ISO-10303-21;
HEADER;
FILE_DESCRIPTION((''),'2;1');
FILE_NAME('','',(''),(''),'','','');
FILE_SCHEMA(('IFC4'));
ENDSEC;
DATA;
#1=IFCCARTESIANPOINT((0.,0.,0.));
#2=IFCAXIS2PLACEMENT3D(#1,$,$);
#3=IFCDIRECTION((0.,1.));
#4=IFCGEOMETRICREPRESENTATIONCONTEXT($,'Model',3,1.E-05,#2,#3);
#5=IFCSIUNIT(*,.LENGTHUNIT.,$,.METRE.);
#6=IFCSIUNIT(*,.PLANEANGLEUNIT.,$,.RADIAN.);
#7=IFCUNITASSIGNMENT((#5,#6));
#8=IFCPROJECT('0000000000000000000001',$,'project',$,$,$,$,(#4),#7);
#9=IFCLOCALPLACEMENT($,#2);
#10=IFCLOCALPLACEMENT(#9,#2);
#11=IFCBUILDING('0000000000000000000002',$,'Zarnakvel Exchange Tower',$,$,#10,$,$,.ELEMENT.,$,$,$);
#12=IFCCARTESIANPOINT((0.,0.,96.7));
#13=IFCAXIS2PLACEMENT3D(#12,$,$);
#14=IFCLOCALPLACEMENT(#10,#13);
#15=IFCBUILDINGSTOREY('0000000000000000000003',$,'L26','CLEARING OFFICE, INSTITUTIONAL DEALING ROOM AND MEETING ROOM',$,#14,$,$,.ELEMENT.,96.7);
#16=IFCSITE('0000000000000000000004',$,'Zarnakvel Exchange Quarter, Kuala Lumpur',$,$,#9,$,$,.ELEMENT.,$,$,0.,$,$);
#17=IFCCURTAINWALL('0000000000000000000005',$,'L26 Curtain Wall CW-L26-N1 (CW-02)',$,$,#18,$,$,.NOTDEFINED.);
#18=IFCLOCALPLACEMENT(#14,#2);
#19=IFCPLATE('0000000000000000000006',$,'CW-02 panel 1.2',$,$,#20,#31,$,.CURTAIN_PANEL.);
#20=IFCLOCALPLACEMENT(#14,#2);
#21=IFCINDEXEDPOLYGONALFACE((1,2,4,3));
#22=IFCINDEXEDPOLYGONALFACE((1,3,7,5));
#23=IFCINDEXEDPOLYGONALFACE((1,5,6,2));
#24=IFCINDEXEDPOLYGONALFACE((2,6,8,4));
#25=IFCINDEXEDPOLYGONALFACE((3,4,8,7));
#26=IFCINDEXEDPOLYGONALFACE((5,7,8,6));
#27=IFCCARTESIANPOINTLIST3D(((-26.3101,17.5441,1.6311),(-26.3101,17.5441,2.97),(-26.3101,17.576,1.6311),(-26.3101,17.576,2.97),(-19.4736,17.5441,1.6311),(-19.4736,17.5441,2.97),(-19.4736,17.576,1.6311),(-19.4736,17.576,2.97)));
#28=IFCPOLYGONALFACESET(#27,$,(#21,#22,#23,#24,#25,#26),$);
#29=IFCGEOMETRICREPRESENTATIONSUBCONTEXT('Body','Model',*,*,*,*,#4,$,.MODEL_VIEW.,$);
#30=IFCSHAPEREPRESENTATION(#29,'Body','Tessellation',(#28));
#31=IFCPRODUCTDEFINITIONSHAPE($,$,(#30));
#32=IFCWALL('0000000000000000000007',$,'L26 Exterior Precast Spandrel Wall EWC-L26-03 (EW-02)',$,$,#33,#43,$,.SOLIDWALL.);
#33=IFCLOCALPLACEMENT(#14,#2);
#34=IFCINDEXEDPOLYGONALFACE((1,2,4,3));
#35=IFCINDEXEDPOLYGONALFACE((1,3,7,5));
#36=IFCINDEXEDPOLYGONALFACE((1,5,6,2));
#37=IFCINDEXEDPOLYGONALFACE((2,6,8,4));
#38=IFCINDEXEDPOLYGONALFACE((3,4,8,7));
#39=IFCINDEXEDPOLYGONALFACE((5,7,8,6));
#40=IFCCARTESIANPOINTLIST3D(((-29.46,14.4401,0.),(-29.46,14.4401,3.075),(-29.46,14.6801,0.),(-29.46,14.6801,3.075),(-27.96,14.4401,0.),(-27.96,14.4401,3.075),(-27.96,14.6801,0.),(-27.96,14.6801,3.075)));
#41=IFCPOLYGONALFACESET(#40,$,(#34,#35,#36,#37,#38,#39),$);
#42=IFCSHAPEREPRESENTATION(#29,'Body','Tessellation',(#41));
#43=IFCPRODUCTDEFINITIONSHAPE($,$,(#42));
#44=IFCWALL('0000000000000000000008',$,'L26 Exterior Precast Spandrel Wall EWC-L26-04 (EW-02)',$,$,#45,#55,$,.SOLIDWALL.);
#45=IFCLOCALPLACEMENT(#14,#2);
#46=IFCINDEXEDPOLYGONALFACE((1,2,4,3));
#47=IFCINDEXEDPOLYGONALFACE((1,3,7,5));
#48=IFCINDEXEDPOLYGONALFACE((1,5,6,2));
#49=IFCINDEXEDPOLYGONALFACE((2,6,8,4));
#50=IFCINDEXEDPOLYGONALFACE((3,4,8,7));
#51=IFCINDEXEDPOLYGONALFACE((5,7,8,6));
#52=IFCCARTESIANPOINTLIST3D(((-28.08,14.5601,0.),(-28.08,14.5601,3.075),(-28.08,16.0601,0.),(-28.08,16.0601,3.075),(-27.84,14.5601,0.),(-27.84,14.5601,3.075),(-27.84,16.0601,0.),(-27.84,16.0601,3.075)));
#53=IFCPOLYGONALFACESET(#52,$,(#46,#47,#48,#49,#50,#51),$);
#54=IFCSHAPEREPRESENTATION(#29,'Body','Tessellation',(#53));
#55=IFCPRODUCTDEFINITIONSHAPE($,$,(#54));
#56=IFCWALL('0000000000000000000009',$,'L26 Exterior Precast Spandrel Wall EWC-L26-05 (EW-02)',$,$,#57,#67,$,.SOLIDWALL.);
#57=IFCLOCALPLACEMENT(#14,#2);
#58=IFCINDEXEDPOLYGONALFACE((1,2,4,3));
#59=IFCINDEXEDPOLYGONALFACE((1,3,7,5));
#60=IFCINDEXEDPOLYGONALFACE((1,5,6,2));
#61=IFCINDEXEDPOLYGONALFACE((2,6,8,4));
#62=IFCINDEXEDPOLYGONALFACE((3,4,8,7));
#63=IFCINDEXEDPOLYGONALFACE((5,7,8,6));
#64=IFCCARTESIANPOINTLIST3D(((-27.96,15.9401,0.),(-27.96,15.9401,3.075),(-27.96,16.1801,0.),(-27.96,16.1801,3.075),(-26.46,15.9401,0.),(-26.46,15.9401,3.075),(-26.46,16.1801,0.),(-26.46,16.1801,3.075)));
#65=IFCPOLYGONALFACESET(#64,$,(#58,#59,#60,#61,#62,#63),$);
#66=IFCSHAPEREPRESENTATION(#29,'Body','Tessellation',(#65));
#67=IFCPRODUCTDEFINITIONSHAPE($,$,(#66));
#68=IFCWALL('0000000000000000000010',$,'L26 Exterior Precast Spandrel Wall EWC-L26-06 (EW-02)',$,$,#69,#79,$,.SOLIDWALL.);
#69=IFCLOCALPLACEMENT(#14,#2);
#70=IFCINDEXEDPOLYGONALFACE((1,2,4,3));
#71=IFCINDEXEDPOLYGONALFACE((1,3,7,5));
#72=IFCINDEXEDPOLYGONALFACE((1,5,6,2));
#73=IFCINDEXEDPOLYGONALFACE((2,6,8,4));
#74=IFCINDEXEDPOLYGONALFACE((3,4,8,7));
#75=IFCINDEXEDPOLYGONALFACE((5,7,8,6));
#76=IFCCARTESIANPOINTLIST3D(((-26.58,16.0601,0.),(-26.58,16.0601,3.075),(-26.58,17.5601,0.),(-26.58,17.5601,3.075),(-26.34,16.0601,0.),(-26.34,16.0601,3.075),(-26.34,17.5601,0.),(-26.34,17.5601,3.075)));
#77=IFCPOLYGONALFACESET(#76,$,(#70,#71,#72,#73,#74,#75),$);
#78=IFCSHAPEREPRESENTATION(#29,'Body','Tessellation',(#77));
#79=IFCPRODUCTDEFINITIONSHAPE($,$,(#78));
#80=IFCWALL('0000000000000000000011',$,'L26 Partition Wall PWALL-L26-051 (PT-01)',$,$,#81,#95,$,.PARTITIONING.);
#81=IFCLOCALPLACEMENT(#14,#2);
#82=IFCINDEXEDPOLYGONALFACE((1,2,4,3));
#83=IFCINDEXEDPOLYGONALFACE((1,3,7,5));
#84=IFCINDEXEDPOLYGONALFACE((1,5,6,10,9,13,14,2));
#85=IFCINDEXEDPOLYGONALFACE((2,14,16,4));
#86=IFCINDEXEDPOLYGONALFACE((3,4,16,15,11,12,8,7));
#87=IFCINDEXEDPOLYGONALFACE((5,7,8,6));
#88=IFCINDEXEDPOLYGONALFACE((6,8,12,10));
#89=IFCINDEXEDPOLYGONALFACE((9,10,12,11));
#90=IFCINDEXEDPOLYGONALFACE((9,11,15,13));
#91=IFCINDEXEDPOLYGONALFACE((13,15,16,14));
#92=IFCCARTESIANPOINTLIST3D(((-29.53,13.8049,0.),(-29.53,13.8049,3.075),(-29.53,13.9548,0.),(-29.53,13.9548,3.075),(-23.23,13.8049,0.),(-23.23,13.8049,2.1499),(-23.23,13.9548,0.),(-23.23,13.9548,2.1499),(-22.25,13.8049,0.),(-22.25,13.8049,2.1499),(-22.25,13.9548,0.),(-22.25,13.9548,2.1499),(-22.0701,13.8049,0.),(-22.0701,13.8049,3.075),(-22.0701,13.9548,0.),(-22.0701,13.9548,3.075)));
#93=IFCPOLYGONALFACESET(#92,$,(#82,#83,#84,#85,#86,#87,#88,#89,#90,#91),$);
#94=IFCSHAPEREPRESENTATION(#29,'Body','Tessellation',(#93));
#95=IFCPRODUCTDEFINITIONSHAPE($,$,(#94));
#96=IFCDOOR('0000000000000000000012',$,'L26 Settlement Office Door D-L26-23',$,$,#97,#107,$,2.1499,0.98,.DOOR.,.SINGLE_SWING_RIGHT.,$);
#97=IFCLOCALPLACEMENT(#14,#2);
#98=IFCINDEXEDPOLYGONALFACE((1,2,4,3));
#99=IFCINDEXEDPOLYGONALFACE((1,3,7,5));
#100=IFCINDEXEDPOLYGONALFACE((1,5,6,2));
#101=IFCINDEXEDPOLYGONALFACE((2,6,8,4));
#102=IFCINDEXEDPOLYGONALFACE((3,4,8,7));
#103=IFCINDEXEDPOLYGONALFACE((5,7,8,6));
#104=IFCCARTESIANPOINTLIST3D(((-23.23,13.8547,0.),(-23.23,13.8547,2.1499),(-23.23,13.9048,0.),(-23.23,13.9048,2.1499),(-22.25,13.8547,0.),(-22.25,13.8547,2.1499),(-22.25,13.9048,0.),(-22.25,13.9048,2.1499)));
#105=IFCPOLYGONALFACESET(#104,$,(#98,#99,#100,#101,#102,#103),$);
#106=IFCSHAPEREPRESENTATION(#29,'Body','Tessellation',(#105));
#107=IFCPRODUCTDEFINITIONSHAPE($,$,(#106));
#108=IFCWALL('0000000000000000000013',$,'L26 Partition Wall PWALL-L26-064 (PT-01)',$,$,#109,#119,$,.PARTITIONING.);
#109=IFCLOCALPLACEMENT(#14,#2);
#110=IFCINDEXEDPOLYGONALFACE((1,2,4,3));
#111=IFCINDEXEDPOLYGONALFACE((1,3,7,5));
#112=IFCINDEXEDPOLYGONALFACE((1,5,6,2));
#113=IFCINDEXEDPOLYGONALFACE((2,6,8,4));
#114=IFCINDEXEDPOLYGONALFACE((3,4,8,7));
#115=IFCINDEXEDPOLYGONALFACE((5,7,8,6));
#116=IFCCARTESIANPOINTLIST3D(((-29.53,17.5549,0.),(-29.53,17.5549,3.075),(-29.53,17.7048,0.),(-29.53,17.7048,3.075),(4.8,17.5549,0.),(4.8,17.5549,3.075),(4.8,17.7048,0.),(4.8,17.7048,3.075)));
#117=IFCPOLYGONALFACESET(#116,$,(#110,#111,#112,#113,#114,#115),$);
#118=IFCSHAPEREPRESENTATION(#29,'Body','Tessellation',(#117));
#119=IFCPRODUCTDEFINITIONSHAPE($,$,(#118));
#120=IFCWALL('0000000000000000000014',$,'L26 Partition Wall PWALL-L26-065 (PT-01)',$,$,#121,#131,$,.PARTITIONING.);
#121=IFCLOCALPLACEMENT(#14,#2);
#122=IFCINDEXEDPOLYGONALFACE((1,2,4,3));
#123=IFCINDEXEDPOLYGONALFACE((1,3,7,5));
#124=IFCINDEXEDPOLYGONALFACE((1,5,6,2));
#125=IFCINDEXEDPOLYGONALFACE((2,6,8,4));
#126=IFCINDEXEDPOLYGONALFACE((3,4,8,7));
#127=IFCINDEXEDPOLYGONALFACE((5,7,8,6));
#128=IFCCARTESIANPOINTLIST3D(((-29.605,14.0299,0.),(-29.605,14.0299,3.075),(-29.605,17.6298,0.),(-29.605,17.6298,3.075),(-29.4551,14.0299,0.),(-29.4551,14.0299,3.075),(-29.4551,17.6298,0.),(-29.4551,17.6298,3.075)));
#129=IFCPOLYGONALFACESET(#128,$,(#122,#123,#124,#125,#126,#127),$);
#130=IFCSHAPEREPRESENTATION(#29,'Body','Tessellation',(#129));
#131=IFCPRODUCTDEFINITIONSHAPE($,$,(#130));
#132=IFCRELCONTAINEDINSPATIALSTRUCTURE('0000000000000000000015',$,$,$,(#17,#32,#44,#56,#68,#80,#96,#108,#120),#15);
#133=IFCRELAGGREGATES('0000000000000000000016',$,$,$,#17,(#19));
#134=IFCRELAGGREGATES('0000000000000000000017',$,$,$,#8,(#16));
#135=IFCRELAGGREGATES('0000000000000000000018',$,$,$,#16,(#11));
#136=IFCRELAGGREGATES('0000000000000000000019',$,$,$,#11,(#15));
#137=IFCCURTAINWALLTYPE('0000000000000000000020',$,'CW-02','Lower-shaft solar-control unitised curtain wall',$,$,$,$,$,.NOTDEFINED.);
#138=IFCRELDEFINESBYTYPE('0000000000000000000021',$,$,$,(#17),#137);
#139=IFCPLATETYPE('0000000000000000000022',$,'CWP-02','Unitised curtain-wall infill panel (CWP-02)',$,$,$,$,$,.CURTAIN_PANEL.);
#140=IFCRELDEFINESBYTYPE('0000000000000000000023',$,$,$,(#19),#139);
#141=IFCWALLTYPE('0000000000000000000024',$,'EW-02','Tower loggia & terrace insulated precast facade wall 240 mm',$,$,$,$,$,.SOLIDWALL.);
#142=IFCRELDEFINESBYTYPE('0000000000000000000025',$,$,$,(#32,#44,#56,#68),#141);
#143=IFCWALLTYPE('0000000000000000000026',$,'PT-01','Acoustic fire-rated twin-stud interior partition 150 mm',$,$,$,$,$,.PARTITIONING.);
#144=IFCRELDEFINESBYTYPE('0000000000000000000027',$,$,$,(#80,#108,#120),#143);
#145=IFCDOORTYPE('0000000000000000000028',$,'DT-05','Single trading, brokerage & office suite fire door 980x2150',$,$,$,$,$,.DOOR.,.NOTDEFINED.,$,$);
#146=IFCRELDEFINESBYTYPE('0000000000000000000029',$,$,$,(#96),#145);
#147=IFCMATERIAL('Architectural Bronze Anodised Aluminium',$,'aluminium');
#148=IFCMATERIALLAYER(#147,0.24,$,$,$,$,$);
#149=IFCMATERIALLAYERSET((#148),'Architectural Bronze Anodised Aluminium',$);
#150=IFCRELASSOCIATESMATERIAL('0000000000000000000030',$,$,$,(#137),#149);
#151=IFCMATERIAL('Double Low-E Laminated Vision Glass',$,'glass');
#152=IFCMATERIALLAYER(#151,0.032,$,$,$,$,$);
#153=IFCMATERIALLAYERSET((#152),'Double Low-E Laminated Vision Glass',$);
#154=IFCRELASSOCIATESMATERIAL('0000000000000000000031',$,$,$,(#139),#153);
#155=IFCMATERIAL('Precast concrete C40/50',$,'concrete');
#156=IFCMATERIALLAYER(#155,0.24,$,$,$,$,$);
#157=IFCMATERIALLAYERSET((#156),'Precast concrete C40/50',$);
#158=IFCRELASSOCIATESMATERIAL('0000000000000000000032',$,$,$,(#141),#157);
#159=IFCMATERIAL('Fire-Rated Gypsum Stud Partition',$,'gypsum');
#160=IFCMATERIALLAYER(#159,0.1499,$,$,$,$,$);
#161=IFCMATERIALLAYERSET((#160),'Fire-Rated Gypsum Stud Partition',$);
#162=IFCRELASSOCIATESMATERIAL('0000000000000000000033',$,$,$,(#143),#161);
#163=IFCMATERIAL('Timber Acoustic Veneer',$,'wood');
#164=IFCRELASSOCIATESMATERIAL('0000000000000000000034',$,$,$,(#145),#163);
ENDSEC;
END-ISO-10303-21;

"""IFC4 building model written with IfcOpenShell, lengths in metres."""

from ifc_helpers import new_model, si_unit, direction, frame, frame_2d, origin, origin_2d, place, context, subcontext, project, spatial, rectangle, extrude, source, transform, mapped, material, layer, layer_set, type_object, element, fill, aggregate, save


model = new_model("IFC4")

# Units and contexts
model_context = context("Model", 3, precision=1e-05, world=origin(), true_north=direction((0.0, 1.0)))
body_context = subcontext(model_context, "Body", "Model", "MODEL_VIEW")
ifc_project = project(units=[si_unit("LENGTHUNIT", "METRE"), si_unit("PLANEANGLEUNIT", "RADIAN")], contexts=[model_context])

# Site, building, storey
site_placement = place(None, origin())
site = spatial("IfcSite", under=ifc_project, at=site_placement, Name="Zarnakvel Exchange Quarter, Kuala Lumpur", CompositionType="ELEMENT", RefElevation=0.0)
building_placement = place(site_placement, origin())
building = spatial("IfcBuilding", under=site, at=building_placement, Name="Zarnakvel Exchange Tower", CompositionType="ELEMENT")
storey_placement = place(building_placement, frame((0.0, 0.0, 96.7)))
storey = spatial("IfcBuildingStorey", under=building, at=storey_placement, Name="L26", Description="CLEARING OFFICE, INSTITUTIONAL DEALING ROOM AND MEETING ROOM", CompositionType="ELEMENT", Elevation=96.7)

# Curtain wall
ifc_material_1 = material(Name="Architectural Bronze Anodised Aluminium", Category="aluminium")
ifc_layer_1 = layer(ifc_material_1, 0.24)
ifc_layer_set_1 = layer_set([ifc_layer_1], Name="Architectural Bronze Anodised Aluminium")
curtain_wall_type_1 = type_object("IfcCurtainWallType", Name="CW-02", Description="Lower-shaft solar-control unitised curtain wall", PredefinedType="NOTDEFINED", material=ifc_layer_set_1)
curtain_wall_1_placement = place(storey_placement, origin())
curtain_wall_1 = element("IfcCurtainWall", 1, at=curtain_wall_1_placement, inside=storey, type_object=curtain_wall_type_1, Name="L26 Curtain Wall CW-L26-N1 (CW-02)", PredefinedType="NOTDEFINED")

# Plate
ifc_material_2 = material(Name="Double Low-E Laminated Vision Glass", Category="glass")
ifc_layer_2 = layer(ifc_material_2, 0.032)
ifc_layer_set_2 = layer_set([ifc_layer_2], Name="Double Low-E Laminated Vision Glass")
plate_type_1 = type_object("IfcPlateType", Name="CWP-02", Description="Unitised curtain-wall infill panel (CWP-02)", PredefinedType="CURTAIN_PANEL", material=ifc_layer_set_2)
shared_shape_1 = source(origin(), body_context, "Body", "SweptSolid", [
    extrude(rectangle(XDim=6.8364, YDim=0.032, at=origin_2d()), origin(), (0.0, 0.0, 1.0), 1.3389),
])
plate_1_placement = place(storey_placement, frame((-22.8918, 17.5601, 1.6311), z_axis=(0.0, 0.0, 1.0), x_axis=(1.0, 0.0, 0.0)))
plate_1 = element("IfcPlate", 2, at=plate_1_placement, type_object=plate_type_1, Name="CW-02 panel 1.2", PredefinedType="CURTAIN_PANEL", context=body_context, shape_type="MappedRepresentation", body=[
    mapped(shared_shape_1, transform((0.0, 0.0, 0.0), x_axis=(1.0, 0.0, 0.0), y_axis=(0.0, 1.0, 0.0), z_axis=(0.0, 0.0, 1.0), scale=1.0)),
])
aggregate(curtain_wall_1, [plate_1])

# Walls
ifc_material_3 = material(Name="Precast concrete C40/50", Category="concrete")
ifc_layer_3 = layer(ifc_material_3, 0.24)
ifc_layer_set_3 = layer_set([ifc_layer_3], Name="Precast concrete C40/50")
wall_type_1 = type_object("IfcWallType", Name="EW-02", Description="Tower loggia & terrace insulated precast facade wall 240 mm", PredefinedType="SOLIDWALL", material=ifc_layer_set_3)
for number, where, z_axis, x_axis, name in (
    (3, (-27.96, 14.5601, 0.0), (0.0, 0.0, 1.0), (-1.0, 0.0, 0.0), "L26 Exterior Precast Spandrel Wall EWC-L26-03 (EW-02)"),
    (4, (-27.96, 16.0601, 0.0), (0.0, 0.0, 1.0), (0.0, -1.0, 0.0), "L26 Exterior Precast Spandrel Wall EWC-L26-04 (EW-02)"),
    (5, (-26.46, 16.0601, 0.0), (0.0, 0.0, 1.0), (-1.0, 0.0, 0.0), "L26 Exterior Precast Spandrel Wall EWC-L26-05 (EW-02)"),
    (6, (-26.46, 17.5601, 0.0), (0.0, 0.0, 1.0), (0.0, -1.0, 0.0), "L26 Exterior Precast Spandrel Wall EWC-L26-06 (EW-02)"),
):
    element("IfcWall", number, at=place(storey_placement, frame(where, z_axis=z_axis, x_axis=x_axis)), inside=storey, type_object=wall_type_1, Name=name, PredefinedType="SOLIDWALL", context=body_context, shape_type="SweptSolid", body=[
        extrude(rectangle(XDim=1.5, YDim=0.24, at=frame_2d((0.75, 0.0))), origin(), (0.0, 0.0, 1.0), 3.075),
    ])

# Wall, opening, door
ifc_material_4 = material(Name="Fire-Rated Gypsum Stud Partition", Category="gypsum")
ifc_layer_4 = layer(ifc_material_4, 0.1499)
ifc_layer_set_4 = layer_set([ifc_layer_4], Name="Fire-Rated Gypsum Stud Partition")
wall_type_2 = type_object("IfcWallType", Name="PT-01", Description="Acoustic fire-rated twin-stud interior partition 150 mm", PredefinedType="PARTITIONING", material=ifc_layer_set_4)
wall_1_placement = place(storey_placement, frame((-29.53, 13.8799, 0.0), z_axis=(0.0, 0.0, 1.0), x_axis=(1.0, 0.0, 0.0)))
wall_1 = element("IfcWall", 7, at=wall_1_placement, inside=storey, type_object=wall_type_2, Name="L26 Partition Wall PWALL-L26-051 (PT-01)", PredefinedType="PARTITIONING", context=body_context, shape_type="SweptSolid", body=[
    extrude(rectangle(XDim=7.46, YDim=0.1499, at=frame_2d((3.73, 0.0))), origin(), (0.0, 0.0, 1.0), 3.075),
])
opening_placement = place(wall_1_placement, frame((6.3, 0.0, 0.0)))
opening = element("IfcOpeningElement", 8, at=opening_placement, cuts=wall_1, PredefinedType="OPENING", context=body_context, shape_type="SweptSolid", body=[
    extrude(rectangle(XDim=0.98, YDim=2.1499, at=frame_2d((0.49, 1.075))), frame((0.0, 0.085, 0.0), z_axis=(0.0, -1.0, 0.0), x_axis=(1.0, 0.0, 0.0)), (0.0, 0.0, 1.0), 0.1699),
])
ifc_material_5 = material(Name="Timber Acoustic Veneer", Category="wood")
door_type = type_object("IfcDoorType", Name="DT-05", Description="Single trading, brokerage & office suite fire door 980x2150", OperationType="NOTDEFINED", PredefinedType="DOOR", material=ifc_material_5)
shared_shape_2 = source(origin(), body_context, "Body", "SweptSolid", [
    extrude(rectangle(XDim=0.98, YDim=2.1499, at=frame_2d((0.49, 1.075))), frame((0.0, 0.0249, 0.0), z_axis=(0.0, -1.0, 0.0), x_axis=(1.0, 0.0, 0.0)), (0.0, 0.0, 1.0), 0.05),
])
door_placement = place(opening_placement, origin())
door = element("IfcDoor", 9, at=door_placement, inside=storey, type_object=door_type, Name="L26 Settlement Office Door D-L26-23", OperationType="SINGLE_SWING_RIGHT", OverallHeight=2.1499, OverallWidth=0.98, PredefinedType="DOOR", context=body_context, shape_type="MappedRepresentation", body=[
    mapped(shared_shape_2, transform((0.0, 0.0, 0.0), x_axis=(1.0, 0.0, 0.0), y_axis=(0.0, 1.0, 0.0), z_axis=(0.0, 0.0, 1.0), scale=1.0)),
])
fill(opening, door)

# Walls
wall_2_placement = place(storey_placement, frame((-29.53, 17.6299, 0.0), z_axis=(0.0, 0.0, 1.0), x_axis=(1.0, 0.0, 0.0)))
element("IfcWall", 10, at=wall_2_placement, inside=storey, type_object=wall_type_2, Name="L26 Partition Wall PWALL-L26-064 (PT-01)", PredefinedType="PARTITIONING", context=body_context, shape_type="SweptSolid", body=[
    extrude(rectangle(XDim=34.3301, YDim=0.1499, at=frame_2d((17.165, 0.0))), origin(), (0.0, 0.0, 1.0), 3.075),
])
wall_3_placement = place(storey_placement, frame((-29.53, 14.03, 0.0), z_axis=(0.0, 0.0, 1.0), x_axis=(0.0, 1.0, 0.0)))
element("IfcWall", 11, at=wall_3_placement, inside=storey, type_object=wall_type_2, Name="L26 Partition Wall PWALL-L26-065 (PT-01)", PredefinedType="PARTITIONING", context=body_context, shape_type="SweptSolid", body=[
    extrude(rectangle(XDim=3.5999, YDim=0.1499, at=frame_2d((1.7998, 0.0))), origin(), (0.0, 0.0, 1.0), 3.075),
])

save(model, "model.ifc")
